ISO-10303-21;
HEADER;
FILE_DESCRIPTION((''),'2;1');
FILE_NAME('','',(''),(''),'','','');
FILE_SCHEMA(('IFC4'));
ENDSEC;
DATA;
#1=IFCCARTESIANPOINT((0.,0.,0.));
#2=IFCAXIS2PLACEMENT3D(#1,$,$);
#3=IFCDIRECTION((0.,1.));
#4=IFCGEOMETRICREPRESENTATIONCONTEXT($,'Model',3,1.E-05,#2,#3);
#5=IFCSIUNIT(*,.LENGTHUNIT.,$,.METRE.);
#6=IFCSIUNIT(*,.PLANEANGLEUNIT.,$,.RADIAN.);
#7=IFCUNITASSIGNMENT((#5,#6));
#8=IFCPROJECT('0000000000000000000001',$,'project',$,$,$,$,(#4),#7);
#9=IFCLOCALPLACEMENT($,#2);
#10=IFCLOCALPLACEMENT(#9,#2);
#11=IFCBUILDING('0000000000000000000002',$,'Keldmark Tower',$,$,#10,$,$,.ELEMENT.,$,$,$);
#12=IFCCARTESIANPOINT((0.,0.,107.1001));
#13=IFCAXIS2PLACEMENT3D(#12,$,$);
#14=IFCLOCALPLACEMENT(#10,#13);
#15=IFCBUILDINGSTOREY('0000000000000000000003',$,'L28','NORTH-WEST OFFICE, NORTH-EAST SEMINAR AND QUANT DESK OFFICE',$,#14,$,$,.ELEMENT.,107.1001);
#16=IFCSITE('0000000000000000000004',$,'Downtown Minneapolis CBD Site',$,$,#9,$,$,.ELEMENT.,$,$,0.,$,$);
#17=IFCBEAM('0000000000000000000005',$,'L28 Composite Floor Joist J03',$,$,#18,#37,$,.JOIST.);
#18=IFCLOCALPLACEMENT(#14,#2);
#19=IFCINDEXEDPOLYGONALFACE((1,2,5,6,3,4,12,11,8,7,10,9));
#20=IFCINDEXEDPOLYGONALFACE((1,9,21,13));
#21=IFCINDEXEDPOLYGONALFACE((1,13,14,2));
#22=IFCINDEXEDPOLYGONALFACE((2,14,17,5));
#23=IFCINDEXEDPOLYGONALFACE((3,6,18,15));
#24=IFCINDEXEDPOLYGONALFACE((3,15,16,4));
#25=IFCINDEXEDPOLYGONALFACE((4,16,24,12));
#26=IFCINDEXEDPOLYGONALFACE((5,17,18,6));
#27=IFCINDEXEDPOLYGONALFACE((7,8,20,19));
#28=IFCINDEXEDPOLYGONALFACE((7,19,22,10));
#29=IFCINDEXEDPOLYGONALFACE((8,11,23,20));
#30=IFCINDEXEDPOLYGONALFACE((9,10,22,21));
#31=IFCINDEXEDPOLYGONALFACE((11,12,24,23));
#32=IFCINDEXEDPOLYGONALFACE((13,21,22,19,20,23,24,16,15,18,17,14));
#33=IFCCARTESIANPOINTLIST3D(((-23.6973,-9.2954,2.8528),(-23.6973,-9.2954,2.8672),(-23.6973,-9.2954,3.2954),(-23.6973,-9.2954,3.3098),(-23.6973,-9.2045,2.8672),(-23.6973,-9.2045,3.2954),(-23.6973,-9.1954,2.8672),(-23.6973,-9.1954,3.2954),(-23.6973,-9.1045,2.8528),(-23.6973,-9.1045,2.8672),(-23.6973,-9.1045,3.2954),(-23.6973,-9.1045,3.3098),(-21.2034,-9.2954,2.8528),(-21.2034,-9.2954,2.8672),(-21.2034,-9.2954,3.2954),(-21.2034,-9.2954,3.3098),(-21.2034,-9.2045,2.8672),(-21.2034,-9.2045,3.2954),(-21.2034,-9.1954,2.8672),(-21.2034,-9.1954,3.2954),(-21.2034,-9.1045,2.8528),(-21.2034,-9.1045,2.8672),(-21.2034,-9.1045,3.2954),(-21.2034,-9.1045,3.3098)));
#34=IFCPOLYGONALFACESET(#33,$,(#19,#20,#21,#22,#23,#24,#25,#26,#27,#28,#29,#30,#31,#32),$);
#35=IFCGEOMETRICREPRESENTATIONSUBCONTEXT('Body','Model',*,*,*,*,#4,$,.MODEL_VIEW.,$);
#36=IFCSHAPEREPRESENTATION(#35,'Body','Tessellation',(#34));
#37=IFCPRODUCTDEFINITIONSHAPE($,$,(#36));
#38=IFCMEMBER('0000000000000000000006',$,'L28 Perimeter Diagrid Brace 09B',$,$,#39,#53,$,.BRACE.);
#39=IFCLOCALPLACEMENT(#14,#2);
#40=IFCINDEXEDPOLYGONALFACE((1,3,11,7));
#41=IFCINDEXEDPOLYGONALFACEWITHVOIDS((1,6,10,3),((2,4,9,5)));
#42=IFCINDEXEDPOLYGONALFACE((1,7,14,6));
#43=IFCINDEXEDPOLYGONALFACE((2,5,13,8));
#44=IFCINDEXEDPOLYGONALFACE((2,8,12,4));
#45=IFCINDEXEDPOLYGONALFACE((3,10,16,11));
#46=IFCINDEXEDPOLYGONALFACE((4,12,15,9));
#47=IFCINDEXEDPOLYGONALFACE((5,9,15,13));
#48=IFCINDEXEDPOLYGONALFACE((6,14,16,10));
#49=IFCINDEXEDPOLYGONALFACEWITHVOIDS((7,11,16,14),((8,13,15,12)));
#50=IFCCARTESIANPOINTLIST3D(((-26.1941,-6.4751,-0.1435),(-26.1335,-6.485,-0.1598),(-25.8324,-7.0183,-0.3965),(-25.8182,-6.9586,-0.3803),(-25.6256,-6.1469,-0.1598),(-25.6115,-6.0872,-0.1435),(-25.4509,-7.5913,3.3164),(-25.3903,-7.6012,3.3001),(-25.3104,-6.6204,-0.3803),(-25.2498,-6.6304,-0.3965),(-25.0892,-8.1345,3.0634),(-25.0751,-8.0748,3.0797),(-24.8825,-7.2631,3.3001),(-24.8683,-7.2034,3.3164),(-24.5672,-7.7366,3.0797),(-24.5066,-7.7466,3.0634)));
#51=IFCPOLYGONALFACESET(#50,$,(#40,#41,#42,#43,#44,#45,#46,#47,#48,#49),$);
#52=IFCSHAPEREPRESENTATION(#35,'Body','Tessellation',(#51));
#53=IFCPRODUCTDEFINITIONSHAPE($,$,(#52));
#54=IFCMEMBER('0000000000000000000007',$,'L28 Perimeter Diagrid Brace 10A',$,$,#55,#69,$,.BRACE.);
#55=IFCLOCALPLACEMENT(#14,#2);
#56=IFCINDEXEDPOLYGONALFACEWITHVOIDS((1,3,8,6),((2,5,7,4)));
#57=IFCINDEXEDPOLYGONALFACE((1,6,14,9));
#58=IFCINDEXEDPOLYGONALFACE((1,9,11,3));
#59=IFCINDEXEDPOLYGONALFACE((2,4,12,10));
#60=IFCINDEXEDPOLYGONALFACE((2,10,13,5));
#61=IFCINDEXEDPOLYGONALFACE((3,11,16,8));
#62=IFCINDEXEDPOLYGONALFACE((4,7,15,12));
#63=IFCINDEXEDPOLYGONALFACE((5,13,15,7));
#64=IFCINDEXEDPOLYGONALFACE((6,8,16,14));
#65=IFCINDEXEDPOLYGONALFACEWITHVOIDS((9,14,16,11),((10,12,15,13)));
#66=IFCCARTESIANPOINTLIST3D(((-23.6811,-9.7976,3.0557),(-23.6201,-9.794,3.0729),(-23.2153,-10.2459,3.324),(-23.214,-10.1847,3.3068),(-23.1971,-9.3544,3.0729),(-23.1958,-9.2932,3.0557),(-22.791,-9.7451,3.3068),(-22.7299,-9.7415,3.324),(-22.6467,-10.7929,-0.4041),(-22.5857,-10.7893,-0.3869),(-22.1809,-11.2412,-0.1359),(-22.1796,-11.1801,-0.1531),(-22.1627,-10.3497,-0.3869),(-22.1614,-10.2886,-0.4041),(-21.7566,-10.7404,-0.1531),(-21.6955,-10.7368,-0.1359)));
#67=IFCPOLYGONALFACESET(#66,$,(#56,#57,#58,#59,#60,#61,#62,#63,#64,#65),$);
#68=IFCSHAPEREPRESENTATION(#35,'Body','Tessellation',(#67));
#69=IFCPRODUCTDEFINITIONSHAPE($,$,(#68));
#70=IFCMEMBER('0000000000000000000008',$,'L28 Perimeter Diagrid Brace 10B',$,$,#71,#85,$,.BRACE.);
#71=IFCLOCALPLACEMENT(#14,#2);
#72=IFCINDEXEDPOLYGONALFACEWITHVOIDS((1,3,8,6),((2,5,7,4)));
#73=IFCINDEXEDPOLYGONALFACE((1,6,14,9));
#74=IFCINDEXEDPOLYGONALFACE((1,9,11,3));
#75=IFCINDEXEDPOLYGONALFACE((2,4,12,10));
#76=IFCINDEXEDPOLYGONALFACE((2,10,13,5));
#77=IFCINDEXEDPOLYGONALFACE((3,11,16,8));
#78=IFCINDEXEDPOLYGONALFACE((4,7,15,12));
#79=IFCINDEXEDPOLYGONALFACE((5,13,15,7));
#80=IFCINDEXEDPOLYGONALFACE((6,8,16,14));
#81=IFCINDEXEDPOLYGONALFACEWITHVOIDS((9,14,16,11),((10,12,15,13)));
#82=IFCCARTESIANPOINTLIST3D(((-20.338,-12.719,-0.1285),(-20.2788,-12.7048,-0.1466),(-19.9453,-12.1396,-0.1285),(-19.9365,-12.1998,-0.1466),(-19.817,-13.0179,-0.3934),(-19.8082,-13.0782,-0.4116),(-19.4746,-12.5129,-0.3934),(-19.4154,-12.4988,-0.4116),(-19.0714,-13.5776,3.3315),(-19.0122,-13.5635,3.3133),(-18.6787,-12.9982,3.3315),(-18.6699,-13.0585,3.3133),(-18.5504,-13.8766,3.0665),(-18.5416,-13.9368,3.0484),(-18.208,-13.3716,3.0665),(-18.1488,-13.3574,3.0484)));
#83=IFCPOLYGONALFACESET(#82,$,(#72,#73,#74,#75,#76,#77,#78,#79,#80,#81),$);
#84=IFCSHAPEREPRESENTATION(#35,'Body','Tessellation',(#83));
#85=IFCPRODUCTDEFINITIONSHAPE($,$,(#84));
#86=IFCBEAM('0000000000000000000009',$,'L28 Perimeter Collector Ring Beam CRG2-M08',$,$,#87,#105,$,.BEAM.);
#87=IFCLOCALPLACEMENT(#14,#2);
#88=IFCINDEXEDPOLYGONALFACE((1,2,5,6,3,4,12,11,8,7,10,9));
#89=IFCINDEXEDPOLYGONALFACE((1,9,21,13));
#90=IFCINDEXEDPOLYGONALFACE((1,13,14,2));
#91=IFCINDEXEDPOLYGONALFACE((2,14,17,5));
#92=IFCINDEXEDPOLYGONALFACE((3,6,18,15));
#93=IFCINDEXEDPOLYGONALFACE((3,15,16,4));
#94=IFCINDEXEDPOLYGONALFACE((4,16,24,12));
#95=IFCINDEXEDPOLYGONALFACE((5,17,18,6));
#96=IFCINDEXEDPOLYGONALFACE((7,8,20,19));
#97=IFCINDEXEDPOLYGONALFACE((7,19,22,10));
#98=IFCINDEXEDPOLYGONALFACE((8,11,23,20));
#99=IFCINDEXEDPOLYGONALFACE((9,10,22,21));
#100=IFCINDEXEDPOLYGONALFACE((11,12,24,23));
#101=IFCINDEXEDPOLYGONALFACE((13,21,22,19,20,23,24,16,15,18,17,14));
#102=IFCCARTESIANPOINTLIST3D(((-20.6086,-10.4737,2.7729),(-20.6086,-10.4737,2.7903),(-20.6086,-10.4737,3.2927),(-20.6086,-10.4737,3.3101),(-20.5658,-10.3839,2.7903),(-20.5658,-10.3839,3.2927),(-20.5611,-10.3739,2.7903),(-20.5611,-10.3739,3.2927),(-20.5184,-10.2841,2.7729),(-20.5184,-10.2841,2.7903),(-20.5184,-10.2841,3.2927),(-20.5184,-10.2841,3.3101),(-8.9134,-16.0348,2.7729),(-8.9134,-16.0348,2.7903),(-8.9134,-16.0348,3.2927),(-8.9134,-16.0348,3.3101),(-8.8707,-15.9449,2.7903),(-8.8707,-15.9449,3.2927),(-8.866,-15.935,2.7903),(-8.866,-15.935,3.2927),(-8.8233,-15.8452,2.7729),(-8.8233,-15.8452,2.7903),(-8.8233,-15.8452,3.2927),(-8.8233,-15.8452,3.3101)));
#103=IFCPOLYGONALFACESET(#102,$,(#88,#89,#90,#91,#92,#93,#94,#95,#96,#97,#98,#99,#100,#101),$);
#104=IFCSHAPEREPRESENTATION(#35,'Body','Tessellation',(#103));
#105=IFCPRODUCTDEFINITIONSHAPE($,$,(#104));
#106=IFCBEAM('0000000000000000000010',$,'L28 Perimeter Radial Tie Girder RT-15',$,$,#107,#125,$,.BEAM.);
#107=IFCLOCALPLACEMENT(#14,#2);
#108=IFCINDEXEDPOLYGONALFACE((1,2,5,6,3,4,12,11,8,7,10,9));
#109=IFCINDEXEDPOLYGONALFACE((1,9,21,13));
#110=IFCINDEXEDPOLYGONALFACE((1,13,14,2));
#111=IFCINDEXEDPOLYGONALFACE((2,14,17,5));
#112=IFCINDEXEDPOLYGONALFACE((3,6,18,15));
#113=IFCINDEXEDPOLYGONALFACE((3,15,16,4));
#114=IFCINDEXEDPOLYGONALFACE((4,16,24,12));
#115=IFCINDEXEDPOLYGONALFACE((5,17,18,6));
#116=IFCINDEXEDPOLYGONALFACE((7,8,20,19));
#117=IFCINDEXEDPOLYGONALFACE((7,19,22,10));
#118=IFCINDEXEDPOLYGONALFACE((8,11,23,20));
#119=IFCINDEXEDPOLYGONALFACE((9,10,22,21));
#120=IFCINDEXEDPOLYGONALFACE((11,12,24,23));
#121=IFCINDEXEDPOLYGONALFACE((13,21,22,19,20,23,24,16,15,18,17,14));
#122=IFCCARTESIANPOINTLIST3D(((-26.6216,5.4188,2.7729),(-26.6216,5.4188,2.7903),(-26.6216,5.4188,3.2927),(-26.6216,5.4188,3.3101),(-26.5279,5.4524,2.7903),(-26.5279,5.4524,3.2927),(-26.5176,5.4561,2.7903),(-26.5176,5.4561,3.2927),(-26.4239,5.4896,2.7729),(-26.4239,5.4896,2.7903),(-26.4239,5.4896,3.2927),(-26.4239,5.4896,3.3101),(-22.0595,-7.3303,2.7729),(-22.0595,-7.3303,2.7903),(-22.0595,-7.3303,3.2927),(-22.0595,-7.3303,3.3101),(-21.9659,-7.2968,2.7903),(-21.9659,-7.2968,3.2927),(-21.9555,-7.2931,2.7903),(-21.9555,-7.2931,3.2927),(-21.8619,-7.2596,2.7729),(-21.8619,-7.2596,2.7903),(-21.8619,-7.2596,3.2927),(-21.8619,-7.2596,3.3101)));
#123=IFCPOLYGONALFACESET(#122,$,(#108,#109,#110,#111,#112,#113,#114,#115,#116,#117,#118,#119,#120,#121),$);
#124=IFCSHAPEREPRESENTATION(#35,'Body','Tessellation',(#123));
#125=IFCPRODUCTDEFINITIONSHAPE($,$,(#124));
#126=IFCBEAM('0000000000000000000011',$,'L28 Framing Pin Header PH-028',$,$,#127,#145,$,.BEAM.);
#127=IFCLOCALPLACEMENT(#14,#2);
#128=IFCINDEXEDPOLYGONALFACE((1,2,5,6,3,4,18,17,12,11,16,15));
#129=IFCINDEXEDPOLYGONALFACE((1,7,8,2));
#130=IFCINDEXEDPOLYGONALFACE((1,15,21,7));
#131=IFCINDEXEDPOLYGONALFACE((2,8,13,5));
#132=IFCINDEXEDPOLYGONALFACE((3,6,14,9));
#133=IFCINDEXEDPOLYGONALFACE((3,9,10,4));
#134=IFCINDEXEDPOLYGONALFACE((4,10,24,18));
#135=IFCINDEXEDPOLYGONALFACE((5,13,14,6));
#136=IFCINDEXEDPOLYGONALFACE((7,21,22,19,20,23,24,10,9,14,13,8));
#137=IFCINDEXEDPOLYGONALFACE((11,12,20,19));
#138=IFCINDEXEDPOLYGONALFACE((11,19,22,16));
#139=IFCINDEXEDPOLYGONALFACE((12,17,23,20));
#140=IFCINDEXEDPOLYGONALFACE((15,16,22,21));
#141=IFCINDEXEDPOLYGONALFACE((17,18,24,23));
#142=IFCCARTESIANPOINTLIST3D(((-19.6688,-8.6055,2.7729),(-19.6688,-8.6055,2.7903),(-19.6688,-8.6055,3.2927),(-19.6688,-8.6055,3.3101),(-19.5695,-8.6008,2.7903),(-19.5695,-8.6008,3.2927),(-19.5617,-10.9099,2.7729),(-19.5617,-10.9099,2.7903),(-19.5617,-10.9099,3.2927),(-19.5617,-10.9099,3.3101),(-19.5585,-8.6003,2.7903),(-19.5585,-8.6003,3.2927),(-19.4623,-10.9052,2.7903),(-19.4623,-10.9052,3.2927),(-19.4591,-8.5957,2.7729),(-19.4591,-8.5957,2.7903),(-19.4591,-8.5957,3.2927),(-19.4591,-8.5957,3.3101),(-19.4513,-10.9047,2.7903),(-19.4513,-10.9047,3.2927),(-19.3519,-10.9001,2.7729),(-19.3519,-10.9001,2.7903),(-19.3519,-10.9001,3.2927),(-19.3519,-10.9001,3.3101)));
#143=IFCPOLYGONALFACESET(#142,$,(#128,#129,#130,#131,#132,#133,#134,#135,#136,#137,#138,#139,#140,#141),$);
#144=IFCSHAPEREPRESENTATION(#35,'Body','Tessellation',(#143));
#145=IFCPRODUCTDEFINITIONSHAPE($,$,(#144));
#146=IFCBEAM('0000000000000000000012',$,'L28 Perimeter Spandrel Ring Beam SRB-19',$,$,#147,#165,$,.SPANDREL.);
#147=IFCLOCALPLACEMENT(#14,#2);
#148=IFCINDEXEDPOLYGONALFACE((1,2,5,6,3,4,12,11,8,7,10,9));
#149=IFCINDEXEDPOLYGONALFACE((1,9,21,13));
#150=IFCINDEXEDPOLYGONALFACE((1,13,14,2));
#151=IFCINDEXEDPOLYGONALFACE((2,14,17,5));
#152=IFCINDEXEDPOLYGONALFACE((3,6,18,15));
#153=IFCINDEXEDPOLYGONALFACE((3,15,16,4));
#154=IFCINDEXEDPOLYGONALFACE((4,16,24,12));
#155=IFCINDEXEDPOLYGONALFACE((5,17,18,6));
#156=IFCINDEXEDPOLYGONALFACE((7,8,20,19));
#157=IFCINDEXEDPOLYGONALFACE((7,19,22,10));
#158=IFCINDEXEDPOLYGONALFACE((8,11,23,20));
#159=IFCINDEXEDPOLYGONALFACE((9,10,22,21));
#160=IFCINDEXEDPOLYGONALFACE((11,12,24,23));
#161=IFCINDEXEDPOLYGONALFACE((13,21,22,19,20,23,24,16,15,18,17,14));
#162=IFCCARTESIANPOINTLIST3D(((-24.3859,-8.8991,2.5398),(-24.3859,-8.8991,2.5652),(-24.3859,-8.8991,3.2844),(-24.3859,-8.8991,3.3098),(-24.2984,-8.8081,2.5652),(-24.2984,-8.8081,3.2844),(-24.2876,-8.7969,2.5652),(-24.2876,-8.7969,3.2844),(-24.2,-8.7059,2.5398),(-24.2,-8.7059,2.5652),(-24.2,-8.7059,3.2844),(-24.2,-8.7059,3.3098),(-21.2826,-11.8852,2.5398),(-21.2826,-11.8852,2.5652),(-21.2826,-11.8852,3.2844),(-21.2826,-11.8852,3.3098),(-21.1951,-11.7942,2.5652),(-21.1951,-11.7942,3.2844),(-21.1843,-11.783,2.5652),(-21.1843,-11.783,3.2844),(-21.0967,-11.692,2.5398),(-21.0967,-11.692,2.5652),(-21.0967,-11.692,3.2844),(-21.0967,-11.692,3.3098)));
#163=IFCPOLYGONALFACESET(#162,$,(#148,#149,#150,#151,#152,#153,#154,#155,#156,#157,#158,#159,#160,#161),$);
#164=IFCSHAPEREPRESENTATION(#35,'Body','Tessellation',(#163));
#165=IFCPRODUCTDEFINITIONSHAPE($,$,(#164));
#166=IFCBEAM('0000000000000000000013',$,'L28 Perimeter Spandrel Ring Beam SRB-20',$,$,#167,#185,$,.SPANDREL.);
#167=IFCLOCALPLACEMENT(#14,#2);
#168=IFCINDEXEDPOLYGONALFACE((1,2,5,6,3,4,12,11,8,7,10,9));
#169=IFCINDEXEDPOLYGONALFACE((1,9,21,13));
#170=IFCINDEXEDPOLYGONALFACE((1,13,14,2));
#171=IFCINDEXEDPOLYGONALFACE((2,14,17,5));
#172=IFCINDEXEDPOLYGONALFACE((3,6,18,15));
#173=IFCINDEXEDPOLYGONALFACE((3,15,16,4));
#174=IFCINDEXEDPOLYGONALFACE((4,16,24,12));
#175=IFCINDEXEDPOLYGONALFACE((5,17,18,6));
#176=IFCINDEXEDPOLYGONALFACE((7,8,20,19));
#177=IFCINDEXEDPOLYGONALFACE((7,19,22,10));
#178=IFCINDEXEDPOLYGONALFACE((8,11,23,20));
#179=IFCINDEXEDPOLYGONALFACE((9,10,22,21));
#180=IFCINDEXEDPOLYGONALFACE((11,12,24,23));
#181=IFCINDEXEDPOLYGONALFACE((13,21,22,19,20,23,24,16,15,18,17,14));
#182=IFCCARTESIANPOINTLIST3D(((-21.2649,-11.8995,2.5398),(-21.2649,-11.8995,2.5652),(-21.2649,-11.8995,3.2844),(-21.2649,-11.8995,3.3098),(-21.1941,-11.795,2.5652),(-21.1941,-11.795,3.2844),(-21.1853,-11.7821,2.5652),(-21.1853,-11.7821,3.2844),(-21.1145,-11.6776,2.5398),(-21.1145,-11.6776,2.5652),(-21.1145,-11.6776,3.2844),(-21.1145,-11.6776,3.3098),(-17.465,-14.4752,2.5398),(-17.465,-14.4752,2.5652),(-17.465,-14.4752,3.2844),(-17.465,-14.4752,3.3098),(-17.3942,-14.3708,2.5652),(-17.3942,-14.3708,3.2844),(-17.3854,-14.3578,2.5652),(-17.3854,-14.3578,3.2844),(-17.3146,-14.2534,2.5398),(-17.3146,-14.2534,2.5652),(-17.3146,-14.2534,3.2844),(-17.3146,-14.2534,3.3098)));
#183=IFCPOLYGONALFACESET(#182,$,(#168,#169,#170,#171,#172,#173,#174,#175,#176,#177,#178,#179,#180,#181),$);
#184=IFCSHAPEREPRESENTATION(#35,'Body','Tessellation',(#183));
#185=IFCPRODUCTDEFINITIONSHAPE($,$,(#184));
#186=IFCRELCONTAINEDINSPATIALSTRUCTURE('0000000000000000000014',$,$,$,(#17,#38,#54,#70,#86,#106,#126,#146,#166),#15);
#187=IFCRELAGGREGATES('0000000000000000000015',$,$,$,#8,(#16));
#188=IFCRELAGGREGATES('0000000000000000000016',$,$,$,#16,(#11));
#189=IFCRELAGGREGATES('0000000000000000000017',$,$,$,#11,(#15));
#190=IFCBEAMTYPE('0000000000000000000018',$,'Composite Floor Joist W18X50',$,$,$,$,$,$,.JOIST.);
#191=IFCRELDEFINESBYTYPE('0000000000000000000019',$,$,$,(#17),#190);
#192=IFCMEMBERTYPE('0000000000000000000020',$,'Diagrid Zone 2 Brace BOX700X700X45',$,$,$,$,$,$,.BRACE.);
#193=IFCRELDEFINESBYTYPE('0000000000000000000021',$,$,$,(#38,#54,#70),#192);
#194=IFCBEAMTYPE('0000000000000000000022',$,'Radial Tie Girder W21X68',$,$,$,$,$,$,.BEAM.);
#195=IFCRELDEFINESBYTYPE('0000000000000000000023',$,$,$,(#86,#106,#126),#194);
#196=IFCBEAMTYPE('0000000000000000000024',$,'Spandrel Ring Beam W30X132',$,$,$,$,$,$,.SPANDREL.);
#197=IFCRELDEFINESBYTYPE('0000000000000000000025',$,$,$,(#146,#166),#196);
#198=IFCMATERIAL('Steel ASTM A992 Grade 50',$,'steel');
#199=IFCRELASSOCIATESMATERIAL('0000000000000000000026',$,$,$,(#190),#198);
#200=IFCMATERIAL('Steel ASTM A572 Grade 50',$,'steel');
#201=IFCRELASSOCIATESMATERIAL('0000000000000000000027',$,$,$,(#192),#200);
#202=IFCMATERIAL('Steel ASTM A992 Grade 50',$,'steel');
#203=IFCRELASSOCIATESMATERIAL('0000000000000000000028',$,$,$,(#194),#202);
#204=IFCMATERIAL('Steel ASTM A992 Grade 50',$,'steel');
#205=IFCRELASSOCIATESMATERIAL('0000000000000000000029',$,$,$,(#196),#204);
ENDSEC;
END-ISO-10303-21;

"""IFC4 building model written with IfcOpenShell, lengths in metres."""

from ifc_helpers import new_model, si_unit, direction, frame, origin, origin_2d, place, context, subcontext, project, spatial, hollow_rectangle, i_section, extrude, material, material_profile, profile_set, type_object, element, save


model = new_model("IFC4")

# Units and contexts
model_context = context("Model", 3, precision=1e-05, world=origin(), true_north=direction((0.0, 1.0)))
body_context = subcontext(model_context, "Body", "Model", "MODEL_VIEW")
ifc_project = project(units=[si_unit("LENGTHUNIT", "METRE"), si_unit("PLANEANGLEUNIT", "RADIAN")], contexts=[model_context])

# Site, building, storey
site_placement = place(None, origin())
site = spatial("IfcSite", under=ifc_project, at=site_placement, Name="Downtown Minneapolis CBD Site", CompositionType="ELEMENT", RefElevation=0.0)
building_placement = place(site_placement, origin())
building = spatial("IfcBuilding", under=site, at=building_placement, Name="Keldmark Tower", CompositionType="ELEMENT")
storey_placement = place(building_placement, frame((0.0, 0.0, 107.1001)))
storey = spatial("IfcBuildingStorey", under=building, at=storey_placement, Name="L28", Description="NORTH-WEST OFFICE, NORTH-EAST SEMINAR AND QUANT DESK OFFICE", CompositionType="ELEMENT", Elevation=107.1001)

# Beam
ifc_material_1 = material(Name="Steel ASTM A992 Grade 50", Category="steel")
ifc_material_profile_1 = material_profile(ifc_material_1, i_section(OverallWidth=0.1909, OverallDepth=0.457, WebThickness=0.009, FlangeThickness=0.0144, at=origin_2d()), Name="W18X50")
ifc_profile_set_1 = profile_set([ifc_material_profile_1], Name="Steel ASTM A992 Grade 50")
beam_type_1 = type_object("IfcBeamType", Name="Composite Floor Joist W18X50", PredefinedType="JOIST", material=ifc_profile_set_1)
beam_1_placement = place(storey_placement, frame((-23.6973, -9.2, 3.0813), z_axis=(1.0, 0.0, 0.0), x_axis=(0.0, 1.0, 0.0)))
element("IfcBeam", 1, at=beam_1_placement, inside=storey, type_object=beam_type_1, Name="L28 Composite Floor Joist J03", PredefinedType="JOIST", context=body_context, shape_type="SweptSolid", body=[
    extrude(i_section(OverallWidth=0.1909, OverallDepth=0.457, WebThickness=0.009, FlangeThickness=0.0144, at=origin_2d()), origin(), (0.0, 0.0, 1.0), 2.4939),
])

# Members
ifc_material_2 = material(Name="Steel ASTM A572 Grade 50", Category="steel")
ifc_material_profile_2 = material_profile(ifc_material_2, hollow_rectangle(XDim=0.7, YDim=0.7, WallThickness=0.0449, at=origin_2d()), Name="BOX700X700X45")
ifc_profile_set_2 = profile_set([ifc_material_profile_2], Name="Steel ASTM A572 Grade 50")
member_type = type_object("IfcMemberType", Name="Diagrid Zone 2 Brace BOX700X700X45", PredefinedType="BRACE", material=ifc_profile_set_2)
member_1_placement = place(storey_placement, frame((-25.7219, -6.5527, -0.27), z_axis=(0.200274, -0.300806, 0.932419), x_axis=(0.832386, 0.554196, 0.0)))
element("IfcMember", 2, at=member_1_placement, inside=storey, type_object=member_type, Name="L28 Perimeter Diagrid Brace 09B", PredefinedType="BRACE", context=body_context, shape_type="SweptSolid", body=[
    extrude(hollow_rectangle(XDim=0.7, YDim=0.7, WallThickness=0.0449, at=origin_2d()), origin(), (0.0, 0.0, 1.0), 3.7107),
])
member_2_placement = place(storey_placement, frame((-22.1711, -10.7649, -0.27), z_axis=(-0.276145, 0.265717, 0.923655), x_axis=(-0.69337, -0.720581, 0.0)))
element("IfcMember", 3, at=member_2_placement, inside=storey, type_object=member_type, Name="L28 Perimeter Diagrid Brace 10A", PredefinedType="BRACE", context=body_context, shape_type="SweptSolid", body=[
    extrude(hollow_rectangle(XDim=0.7, YDim=0.7, WallThickness=0.0449, at=origin_2d()), origin(), (0.0, 0.0, 1.0), 3.7458),
])
member_3_placement = place(storey_placement, frame((-19.8767, -12.6089, -0.27), z_axis=(0.334793, -0.22696, 0.914551), x_axis=(0.561127, 0.82773, 0.0)))
element("IfcMember", 4, at=member_3_placement, inside=storey, type_object=member_type, Name="L28 Perimeter Diagrid Brace 10B", PredefinedType="BRACE", context=body_context, shape_type="SweptSolid", body=[
    extrude(hollow_rectangle(XDim=0.7, YDim=0.7, WallThickness=0.0449, at=origin_2d()), origin(), (0.0, 0.0, 1.0), 3.7832),
])

# Beams
ifc_material_3 = material(Name="Steel ASTM A992 Grade 50", Category="steel")
ifc_material_profile_3 = material_profile(ifc_material_3, i_section(OverallWidth=0.21, OverallDepth=0.5371, WebThickness=0.011, FlangeThickness=0.0173, at=origin_2d()), Name="W21X68")
ifc_profile_set_3 = profile_set([ifc_material_profile_3], Name="Steel ASTM A992 Grade 50")
beam_type_2 = type_object("IfcBeamType", Name="Radial Tie Girder W21X68", PredefinedType="BEAM", material=ifc_profile_set_3)
beam_2_placement = place(storey_placement, frame((-20.5635, -10.3789, 3.0415), z_axis=(0.903102, -0.429427, 0.0), x_axis=(0.429427, 0.903102, 0.0)))
element("IfcBeam", 5, at=beam_2_placement, inside=storey, type_object=beam_type_2, Name="L28 Perimeter Collector Ring Beam CRG2-M08", PredefinedType="BEAM", context=body_context, shape_type="SweptSolid", body=[
    extrude(i_section(OverallWidth=0.21, OverallDepth=0.5371, WebThickness=0.011, FlangeThickness=0.0173, at=origin_2d()), origin(), (0.0, 0.0, 1.0), 12.95),
])
beam_3_placement = place(storey_placement, frame((-21.9607, -7.2949, 3.0415), z_axis=(-0.336912, 0.941536, 0.0), x_axis=(-0.941536, -0.336912, 0.0)))
element("IfcBeam", 6, at=beam_3_placement, inside=storey, type_object=beam_type_2, Name="L28 Perimeter Radial Tie Girder RT-15", PredefinedType="BEAM", context=body_context, shape_type="SweptSolid", body=[
    extrude(i_section(OverallWidth=0.21, OverallDepth=0.5371, WebThickness=0.011, FlangeThickness=0.0173, at=origin_2d()), origin(), (0.0, 0.0, 1.0), 13.5408),
])
beam_4_placement = place(storey_placement, frame((-19.564, -8.6006, 3.0415), z_axis=(0.046459, -0.99892, 0.0), x_axis=(0.99892, 0.046459, 0.0)))
element("IfcBeam", 7, at=beam_4_placement, inside=storey, type_object=beam_type_2, Name="L28 Framing Pin Header PH-028", PredefinedType="BEAM", context=body_context, shape_type="SweptSolid", body=[
    extrude(i_section(OverallWidth=0.21, OverallDepth=0.5371, WebThickness=0.011, FlangeThickness=0.0173, at=origin_2d()), origin(), (0.0, 0.0, 1.0), 2.3069),
])
ifc_material_4 = material(Name="Steel ASTM A992 Grade 50", Category="steel")
ifc_material_profile_4 = material_profile(ifc_material_4, i_section(OverallWidth=0.2681, OverallDepth=0.77, WebThickness=0.0156, FlangeThickness=0.0254, at=origin_2d()), Name="W30X132")
ifc_profile_set_4 = profile_set([ifc_material_profile_4], Name="Steel ASTM A992 Grade 50")
beam_type_3 = type_object("IfcBeamType", Name="Spandrel Ring Beam W30X132", PredefinedType="SPANDREL", material=ifc_profile_set_4)
beam_5_placement = place(storey_placement, frame((-24.293, -8.8025, 2.9248), z_axis=(0.720581, -0.69337, 0.0), x_axis=(0.69337, 0.720581, 0.0)))
element("IfcBeam", 8, at=beam_5_placement, inside=storey, type_object=beam_type_3, Name="L28 Perimeter Spandrel Ring Beam SRB-19", PredefinedType="SPANDREL", context=body_context, shape_type="SweptSolid", body=[
    extrude(i_section(OverallWidth=0.2681, OverallDepth=0.77, WebThickness=0.0156, FlangeThickness=0.0254, at=origin_2d()), origin(), (0.0, 0.0, 1.0), 4.3066),
])
beam_6_placement = place(storey_placement, frame((-21.1897, -11.7886, 2.9248), z_axis=(0.827755, -0.56109, 0.0), x_axis=(0.56109, 0.827755, 0.0)))
element("IfcBeam", 9, at=beam_6_placement, inside=storey, type_object=beam_type_3, Name="L28 Perimeter Spandrel Ring Beam SRB-20", PredefinedType="SPANDREL", context=body_context, shape_type="SweptSolid", body=[
    extrude(i_section(OverallWidth=0.2681, OverallDepth=0.77, WebThickness=0.0156, FlangeThickness=0.0254, at=origin_2d()), origin(), (0.0, 0.0, 1.0), 4.5906),
])

save(model, "model.ifc")
